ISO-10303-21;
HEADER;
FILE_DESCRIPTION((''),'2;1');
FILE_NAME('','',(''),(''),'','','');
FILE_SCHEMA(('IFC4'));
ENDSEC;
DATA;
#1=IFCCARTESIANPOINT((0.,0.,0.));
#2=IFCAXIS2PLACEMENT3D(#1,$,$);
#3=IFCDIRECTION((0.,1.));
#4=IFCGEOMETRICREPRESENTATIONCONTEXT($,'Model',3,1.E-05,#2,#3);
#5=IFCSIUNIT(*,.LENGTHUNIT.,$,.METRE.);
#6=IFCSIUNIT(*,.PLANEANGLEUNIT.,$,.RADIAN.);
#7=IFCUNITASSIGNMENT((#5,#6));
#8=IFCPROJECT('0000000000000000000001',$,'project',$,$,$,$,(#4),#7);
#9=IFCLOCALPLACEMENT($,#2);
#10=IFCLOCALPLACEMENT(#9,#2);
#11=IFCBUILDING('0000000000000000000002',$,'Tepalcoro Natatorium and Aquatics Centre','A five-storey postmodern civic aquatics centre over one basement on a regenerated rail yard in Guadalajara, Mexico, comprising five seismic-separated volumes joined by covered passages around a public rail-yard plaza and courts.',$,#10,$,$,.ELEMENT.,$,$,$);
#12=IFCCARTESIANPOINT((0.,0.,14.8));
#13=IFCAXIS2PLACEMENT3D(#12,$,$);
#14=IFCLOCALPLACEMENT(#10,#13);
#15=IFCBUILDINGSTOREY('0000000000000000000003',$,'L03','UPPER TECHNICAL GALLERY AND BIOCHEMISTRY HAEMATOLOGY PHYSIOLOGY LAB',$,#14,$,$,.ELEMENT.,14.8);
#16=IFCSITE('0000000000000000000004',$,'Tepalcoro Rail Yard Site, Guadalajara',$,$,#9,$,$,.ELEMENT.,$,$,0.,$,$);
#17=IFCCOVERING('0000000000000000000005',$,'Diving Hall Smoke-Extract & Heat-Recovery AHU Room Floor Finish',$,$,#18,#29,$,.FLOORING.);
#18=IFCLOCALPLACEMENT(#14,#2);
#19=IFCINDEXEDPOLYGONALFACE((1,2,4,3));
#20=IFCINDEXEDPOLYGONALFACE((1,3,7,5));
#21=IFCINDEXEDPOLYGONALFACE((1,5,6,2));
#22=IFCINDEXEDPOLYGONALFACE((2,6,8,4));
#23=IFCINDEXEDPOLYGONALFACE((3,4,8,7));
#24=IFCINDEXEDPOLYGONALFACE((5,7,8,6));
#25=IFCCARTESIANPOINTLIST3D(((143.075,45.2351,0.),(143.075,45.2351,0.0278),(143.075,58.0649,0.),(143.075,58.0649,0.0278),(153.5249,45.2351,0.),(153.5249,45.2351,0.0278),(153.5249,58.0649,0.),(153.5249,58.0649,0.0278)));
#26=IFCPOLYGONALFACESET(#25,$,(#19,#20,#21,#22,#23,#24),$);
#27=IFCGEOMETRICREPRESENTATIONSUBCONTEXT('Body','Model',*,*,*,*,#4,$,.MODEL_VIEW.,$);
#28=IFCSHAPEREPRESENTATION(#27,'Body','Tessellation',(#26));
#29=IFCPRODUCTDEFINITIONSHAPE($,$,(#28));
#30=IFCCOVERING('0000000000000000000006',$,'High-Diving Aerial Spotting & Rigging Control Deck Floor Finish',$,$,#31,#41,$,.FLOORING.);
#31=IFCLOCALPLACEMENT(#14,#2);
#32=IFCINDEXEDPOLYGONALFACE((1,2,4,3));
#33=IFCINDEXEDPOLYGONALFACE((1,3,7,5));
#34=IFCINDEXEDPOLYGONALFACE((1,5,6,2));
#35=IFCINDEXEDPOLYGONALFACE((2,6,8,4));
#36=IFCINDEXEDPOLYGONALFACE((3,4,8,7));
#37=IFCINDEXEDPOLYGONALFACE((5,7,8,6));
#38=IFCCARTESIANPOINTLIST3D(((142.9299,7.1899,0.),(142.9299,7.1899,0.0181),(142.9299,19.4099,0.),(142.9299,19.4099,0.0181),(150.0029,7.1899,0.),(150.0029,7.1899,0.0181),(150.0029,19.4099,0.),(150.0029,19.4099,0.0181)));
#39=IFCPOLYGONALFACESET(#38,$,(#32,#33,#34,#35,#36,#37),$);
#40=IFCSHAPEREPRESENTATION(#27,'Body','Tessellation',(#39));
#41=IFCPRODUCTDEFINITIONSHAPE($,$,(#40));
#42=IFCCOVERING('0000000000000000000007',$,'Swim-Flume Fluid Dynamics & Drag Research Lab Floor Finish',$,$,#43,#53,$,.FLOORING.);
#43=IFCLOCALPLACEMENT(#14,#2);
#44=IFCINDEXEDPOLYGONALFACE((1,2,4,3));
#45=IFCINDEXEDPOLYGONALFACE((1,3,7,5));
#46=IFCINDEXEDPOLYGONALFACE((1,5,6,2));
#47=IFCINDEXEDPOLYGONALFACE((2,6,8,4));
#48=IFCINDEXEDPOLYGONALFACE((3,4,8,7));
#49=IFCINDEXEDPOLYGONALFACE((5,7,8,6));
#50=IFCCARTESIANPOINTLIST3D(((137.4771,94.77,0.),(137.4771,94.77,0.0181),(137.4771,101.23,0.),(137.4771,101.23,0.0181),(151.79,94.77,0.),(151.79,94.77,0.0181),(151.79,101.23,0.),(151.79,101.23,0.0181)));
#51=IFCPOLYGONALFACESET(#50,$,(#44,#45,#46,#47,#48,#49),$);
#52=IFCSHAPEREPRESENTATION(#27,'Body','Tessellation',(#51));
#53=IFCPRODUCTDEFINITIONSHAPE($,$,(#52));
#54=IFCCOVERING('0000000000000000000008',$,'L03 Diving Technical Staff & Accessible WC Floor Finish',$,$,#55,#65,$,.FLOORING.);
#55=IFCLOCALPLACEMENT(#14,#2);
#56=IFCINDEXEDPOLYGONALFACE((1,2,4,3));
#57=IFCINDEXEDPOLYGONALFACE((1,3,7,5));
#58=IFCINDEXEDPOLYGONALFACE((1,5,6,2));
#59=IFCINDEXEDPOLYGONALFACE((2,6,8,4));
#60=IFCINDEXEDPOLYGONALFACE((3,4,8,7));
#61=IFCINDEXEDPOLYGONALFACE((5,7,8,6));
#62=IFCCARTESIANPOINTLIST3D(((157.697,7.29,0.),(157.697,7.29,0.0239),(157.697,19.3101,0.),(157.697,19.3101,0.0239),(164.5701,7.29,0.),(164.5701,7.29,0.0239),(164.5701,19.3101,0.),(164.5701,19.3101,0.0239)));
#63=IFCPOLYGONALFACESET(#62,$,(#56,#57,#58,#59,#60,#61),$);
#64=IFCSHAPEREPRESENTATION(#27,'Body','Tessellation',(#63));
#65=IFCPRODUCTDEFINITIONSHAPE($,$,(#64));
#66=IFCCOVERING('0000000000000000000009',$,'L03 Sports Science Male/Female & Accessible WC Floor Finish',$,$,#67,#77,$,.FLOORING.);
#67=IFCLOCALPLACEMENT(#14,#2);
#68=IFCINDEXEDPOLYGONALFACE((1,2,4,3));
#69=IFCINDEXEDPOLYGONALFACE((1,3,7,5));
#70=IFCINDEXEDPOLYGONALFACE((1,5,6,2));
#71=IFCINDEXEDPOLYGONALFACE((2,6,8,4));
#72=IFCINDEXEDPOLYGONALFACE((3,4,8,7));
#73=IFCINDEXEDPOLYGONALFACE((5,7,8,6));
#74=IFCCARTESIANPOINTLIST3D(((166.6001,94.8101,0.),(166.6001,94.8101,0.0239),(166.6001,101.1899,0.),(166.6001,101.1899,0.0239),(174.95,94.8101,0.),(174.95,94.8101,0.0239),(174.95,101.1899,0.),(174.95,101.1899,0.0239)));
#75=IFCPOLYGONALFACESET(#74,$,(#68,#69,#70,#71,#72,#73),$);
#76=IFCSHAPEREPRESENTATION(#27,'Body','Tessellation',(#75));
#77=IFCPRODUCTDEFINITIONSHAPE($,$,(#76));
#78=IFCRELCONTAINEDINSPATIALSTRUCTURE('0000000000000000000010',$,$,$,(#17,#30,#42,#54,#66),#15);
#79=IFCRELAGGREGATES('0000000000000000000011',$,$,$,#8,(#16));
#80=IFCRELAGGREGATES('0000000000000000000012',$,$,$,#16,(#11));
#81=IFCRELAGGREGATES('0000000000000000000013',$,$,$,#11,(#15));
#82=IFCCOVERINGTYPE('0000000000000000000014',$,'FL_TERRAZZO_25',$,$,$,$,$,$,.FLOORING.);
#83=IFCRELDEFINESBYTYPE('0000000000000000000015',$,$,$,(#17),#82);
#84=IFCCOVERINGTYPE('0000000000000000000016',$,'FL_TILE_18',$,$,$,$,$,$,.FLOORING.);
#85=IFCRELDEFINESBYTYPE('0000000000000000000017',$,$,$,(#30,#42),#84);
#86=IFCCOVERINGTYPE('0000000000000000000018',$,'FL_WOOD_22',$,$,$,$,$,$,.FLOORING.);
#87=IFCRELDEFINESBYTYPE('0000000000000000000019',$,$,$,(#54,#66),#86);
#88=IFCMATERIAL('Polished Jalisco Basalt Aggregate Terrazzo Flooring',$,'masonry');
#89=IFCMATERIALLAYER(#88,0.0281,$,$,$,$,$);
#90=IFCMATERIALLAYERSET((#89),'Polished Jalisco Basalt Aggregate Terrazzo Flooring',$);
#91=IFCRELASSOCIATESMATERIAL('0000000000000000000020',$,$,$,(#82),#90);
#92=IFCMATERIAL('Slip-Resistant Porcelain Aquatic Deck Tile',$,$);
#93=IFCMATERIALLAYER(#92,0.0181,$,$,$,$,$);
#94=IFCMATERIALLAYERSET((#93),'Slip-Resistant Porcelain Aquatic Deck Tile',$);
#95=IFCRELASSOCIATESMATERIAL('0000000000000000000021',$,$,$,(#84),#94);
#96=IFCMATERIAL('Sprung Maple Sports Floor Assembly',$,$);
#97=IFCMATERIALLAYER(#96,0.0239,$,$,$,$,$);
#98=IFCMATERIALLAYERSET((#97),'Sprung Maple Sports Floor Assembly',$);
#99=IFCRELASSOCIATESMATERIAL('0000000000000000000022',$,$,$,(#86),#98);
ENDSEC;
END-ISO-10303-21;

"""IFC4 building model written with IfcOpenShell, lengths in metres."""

from ifc_helpers import new_model, si_unit, direction, frame, origin, place, context, subcontext, project, spatial, polyline, outline, extrude, material, layer, layer_set, type_object, element, save


model = new_model("IFC4")

# Units and contexts
model_context = context("Model", 3, precision=1e-05, world=origin(), true_north=direction((0.0, 1.0)))
body_context = subcontext(model_context, "Body", "Model", "MODEL_VIEW")
ifc_project = project(units=[si_unit("LENGTHUNIT", "METRE"), si_unit("PLANEANGLEUNIT", "RADIAN")], contexts=[model_context])

# Site, building, storey
site_placement = place(None, origin())
site = spatial("IfcSite", under=ifc_project, at=site_placement, Name="Tepalcoro Rail Yard Site, Guadalajara", CompositionType="ELEMENT", RefElevation=0.0)
building_placement = place(site_placement, origin())
building = spatial("IfcBuilding", under=site, at=building_placement, Name="Tepalcoro Natatorium and Aquatics Centre", Description="A five-storey postmodern civic aquatics centre over one basement on a regenerated rail yard in Guadalajara, Mexico, comprising five seismic-separated volumes joined by covered passages around a public rail-yard plaza and courts.", CompositionType="ELEMENT")
storey_placement = place(building_placement, frame((0.0, 0.0, 14.8)))
storey = spatial("IfcBuildingStorey", under=building, at=storey_placement, Name="L03", Description="UPPER TECHNICAL GALLERY AND BIOCHEMISTRY HAEMATOLOGY PHYSIOLOGY LAB", CompositionType="ELEMENT", Elevation=14.8)

# Coverings
ifc_material_1 = material(Name="Slip-Resistant Porcelain Aquatic Deck Tile")
ifc_material_2 = material(Name="Polished Jalisco Basalt Aggregate Terrazzo Flooring", Category="masonry")
ifc_layer_1 = layer(ifc_material_2, 0.0281)
ifc_layer_set_1 = layer_set([ifc_layer_1], Name="Polished Jalisco Basalt Aggregate Terrazzo Flooring")
covering_type_1 = type_object("IfcCoveringType", Name="FL_TERRAZZO_25", PredefinedType="FLOORING", material=ifc_layer_set_1)
covering_1_placement = place(storey_placement, origin())
element("IfcCovering", 1, at=covering_1_placement, inside=storey, type_object=covering_type_1, Name="Diving Hall Smoke-Extract & Heat-Recovery AHU Room Floor Finish", PredefinedType="FLOORING", context=body_context, shape_type="SweptSolid", body=[
    extrude(outline(polyline([(143.075, 45.2351), (143.075, 58.0649), (153.5249, 58.0649), (153.5249, 45.2351), (143.075, 45.2351)])), origin(), (0.0, 0.0, 1.0), 0.0278),
])
ifc_layer_2 = layer(ifc_material_1, 0.0181)
ifc_layer_set_2 = layer_set([ifc_layer_2], Name="Slip-Resistant Porcelain Aquatic Deck Tile")
covering_type_2 = type_object("IfcCoveringType", Name="FL_TILE_18", PredefinedType="FLOORING", material=ifc_layer_set_2)
covering_2_placement = place(storey_placement, origin())
element("IfcCovering", 2, at=covering_2_placement, inside=storey, type_object=covering_type_2, Name="High-Diving Aerial Spotting & Rigging Control Deck Floor Finish", PredefinedType="FLOORING", context=body_context, shape_type="SweptSolid", body=[
    extrude(outline(polyline([(142.9299, 7.1899), (142.9299, 19.4099), (150.0029, 19.4099), (150.0029, 7.1899), (142.9299, 7.1899)])), origin(), (0.0, 0.0, 1.0), 0.0181),
])
covering_3_placement = place(storey_placement, origin())
element("IfcCovering", 3, at=covering_3_placement, inside=storey, type_object=covering_type_2, Name="Swim-Flume Fluid Dynamics & Drag Research Lab Floor Finish", PredefinedType="FLOORING", context=body_context, shape_type="SweptSolid", body=[
    extrude(outline(polyline([(137.4771, 94.77), (137.4771, 101.23), (151.79, 101.23), (151.79, 94.77), (137.4771, 94.77)])), origin(), (0.0, 0.0, 1.0), 0.0181),
])
ifc_material_3 = material(Name="Sprung Maple Sports Floor Assembly")
ifc_layer_3 = layer(ifc_material_3, 0.0239)
ifc_layer_set_3 = layer_set([ifc_layer_3], Name="Sprung Maple Sports Floor Assembly")
covering_type_3 = type_object("IfcCoveringType", Name="FL_WOOD_22", PredefinedType="FLOORING", material=ifc_layer_set_3)
covering_4_placement = place(storey_placement, origin())
element("IfcCovering", 4, at=covering_4_placement, inside=storey, type_object=covering_type_3, Name="L03 Diving Technical Staff & Accessible WC Floor Finish", PredefinedType="FLOORING", context=body_context, shape_type="SweptSolid", body=[
    extrude(outline(polyline([(157.697, 7.29), (157.697, 19.3101), (164.5701, 19.3101), (164.5701, 7.29), (157.697, 7.29)])), origin(), (0.0, 0.0, 1.0), 0.0239),
])
covering_5_placement = place(storey_placement, origin())
element("IfcCovering", 5, at=covering_5_placement, inside=storey, type_object=covering_type_3, Name="L03 Sports Science Male/Female & Accessible WC Floor Finish", PredefinedType="FLOORING", context=body_context, shape_type="SweptSolid", body=[
    extrude(outline(polyline([(166.6001, 94.8101), (166.6001, 101.1899), (174.95, 101.1899), (174.95, 94.8101), (166.6001, 94.8101)])), origin(), (0.0, 0.0, 1.0), 0.0239),
])

save(model, "model.ifc")
